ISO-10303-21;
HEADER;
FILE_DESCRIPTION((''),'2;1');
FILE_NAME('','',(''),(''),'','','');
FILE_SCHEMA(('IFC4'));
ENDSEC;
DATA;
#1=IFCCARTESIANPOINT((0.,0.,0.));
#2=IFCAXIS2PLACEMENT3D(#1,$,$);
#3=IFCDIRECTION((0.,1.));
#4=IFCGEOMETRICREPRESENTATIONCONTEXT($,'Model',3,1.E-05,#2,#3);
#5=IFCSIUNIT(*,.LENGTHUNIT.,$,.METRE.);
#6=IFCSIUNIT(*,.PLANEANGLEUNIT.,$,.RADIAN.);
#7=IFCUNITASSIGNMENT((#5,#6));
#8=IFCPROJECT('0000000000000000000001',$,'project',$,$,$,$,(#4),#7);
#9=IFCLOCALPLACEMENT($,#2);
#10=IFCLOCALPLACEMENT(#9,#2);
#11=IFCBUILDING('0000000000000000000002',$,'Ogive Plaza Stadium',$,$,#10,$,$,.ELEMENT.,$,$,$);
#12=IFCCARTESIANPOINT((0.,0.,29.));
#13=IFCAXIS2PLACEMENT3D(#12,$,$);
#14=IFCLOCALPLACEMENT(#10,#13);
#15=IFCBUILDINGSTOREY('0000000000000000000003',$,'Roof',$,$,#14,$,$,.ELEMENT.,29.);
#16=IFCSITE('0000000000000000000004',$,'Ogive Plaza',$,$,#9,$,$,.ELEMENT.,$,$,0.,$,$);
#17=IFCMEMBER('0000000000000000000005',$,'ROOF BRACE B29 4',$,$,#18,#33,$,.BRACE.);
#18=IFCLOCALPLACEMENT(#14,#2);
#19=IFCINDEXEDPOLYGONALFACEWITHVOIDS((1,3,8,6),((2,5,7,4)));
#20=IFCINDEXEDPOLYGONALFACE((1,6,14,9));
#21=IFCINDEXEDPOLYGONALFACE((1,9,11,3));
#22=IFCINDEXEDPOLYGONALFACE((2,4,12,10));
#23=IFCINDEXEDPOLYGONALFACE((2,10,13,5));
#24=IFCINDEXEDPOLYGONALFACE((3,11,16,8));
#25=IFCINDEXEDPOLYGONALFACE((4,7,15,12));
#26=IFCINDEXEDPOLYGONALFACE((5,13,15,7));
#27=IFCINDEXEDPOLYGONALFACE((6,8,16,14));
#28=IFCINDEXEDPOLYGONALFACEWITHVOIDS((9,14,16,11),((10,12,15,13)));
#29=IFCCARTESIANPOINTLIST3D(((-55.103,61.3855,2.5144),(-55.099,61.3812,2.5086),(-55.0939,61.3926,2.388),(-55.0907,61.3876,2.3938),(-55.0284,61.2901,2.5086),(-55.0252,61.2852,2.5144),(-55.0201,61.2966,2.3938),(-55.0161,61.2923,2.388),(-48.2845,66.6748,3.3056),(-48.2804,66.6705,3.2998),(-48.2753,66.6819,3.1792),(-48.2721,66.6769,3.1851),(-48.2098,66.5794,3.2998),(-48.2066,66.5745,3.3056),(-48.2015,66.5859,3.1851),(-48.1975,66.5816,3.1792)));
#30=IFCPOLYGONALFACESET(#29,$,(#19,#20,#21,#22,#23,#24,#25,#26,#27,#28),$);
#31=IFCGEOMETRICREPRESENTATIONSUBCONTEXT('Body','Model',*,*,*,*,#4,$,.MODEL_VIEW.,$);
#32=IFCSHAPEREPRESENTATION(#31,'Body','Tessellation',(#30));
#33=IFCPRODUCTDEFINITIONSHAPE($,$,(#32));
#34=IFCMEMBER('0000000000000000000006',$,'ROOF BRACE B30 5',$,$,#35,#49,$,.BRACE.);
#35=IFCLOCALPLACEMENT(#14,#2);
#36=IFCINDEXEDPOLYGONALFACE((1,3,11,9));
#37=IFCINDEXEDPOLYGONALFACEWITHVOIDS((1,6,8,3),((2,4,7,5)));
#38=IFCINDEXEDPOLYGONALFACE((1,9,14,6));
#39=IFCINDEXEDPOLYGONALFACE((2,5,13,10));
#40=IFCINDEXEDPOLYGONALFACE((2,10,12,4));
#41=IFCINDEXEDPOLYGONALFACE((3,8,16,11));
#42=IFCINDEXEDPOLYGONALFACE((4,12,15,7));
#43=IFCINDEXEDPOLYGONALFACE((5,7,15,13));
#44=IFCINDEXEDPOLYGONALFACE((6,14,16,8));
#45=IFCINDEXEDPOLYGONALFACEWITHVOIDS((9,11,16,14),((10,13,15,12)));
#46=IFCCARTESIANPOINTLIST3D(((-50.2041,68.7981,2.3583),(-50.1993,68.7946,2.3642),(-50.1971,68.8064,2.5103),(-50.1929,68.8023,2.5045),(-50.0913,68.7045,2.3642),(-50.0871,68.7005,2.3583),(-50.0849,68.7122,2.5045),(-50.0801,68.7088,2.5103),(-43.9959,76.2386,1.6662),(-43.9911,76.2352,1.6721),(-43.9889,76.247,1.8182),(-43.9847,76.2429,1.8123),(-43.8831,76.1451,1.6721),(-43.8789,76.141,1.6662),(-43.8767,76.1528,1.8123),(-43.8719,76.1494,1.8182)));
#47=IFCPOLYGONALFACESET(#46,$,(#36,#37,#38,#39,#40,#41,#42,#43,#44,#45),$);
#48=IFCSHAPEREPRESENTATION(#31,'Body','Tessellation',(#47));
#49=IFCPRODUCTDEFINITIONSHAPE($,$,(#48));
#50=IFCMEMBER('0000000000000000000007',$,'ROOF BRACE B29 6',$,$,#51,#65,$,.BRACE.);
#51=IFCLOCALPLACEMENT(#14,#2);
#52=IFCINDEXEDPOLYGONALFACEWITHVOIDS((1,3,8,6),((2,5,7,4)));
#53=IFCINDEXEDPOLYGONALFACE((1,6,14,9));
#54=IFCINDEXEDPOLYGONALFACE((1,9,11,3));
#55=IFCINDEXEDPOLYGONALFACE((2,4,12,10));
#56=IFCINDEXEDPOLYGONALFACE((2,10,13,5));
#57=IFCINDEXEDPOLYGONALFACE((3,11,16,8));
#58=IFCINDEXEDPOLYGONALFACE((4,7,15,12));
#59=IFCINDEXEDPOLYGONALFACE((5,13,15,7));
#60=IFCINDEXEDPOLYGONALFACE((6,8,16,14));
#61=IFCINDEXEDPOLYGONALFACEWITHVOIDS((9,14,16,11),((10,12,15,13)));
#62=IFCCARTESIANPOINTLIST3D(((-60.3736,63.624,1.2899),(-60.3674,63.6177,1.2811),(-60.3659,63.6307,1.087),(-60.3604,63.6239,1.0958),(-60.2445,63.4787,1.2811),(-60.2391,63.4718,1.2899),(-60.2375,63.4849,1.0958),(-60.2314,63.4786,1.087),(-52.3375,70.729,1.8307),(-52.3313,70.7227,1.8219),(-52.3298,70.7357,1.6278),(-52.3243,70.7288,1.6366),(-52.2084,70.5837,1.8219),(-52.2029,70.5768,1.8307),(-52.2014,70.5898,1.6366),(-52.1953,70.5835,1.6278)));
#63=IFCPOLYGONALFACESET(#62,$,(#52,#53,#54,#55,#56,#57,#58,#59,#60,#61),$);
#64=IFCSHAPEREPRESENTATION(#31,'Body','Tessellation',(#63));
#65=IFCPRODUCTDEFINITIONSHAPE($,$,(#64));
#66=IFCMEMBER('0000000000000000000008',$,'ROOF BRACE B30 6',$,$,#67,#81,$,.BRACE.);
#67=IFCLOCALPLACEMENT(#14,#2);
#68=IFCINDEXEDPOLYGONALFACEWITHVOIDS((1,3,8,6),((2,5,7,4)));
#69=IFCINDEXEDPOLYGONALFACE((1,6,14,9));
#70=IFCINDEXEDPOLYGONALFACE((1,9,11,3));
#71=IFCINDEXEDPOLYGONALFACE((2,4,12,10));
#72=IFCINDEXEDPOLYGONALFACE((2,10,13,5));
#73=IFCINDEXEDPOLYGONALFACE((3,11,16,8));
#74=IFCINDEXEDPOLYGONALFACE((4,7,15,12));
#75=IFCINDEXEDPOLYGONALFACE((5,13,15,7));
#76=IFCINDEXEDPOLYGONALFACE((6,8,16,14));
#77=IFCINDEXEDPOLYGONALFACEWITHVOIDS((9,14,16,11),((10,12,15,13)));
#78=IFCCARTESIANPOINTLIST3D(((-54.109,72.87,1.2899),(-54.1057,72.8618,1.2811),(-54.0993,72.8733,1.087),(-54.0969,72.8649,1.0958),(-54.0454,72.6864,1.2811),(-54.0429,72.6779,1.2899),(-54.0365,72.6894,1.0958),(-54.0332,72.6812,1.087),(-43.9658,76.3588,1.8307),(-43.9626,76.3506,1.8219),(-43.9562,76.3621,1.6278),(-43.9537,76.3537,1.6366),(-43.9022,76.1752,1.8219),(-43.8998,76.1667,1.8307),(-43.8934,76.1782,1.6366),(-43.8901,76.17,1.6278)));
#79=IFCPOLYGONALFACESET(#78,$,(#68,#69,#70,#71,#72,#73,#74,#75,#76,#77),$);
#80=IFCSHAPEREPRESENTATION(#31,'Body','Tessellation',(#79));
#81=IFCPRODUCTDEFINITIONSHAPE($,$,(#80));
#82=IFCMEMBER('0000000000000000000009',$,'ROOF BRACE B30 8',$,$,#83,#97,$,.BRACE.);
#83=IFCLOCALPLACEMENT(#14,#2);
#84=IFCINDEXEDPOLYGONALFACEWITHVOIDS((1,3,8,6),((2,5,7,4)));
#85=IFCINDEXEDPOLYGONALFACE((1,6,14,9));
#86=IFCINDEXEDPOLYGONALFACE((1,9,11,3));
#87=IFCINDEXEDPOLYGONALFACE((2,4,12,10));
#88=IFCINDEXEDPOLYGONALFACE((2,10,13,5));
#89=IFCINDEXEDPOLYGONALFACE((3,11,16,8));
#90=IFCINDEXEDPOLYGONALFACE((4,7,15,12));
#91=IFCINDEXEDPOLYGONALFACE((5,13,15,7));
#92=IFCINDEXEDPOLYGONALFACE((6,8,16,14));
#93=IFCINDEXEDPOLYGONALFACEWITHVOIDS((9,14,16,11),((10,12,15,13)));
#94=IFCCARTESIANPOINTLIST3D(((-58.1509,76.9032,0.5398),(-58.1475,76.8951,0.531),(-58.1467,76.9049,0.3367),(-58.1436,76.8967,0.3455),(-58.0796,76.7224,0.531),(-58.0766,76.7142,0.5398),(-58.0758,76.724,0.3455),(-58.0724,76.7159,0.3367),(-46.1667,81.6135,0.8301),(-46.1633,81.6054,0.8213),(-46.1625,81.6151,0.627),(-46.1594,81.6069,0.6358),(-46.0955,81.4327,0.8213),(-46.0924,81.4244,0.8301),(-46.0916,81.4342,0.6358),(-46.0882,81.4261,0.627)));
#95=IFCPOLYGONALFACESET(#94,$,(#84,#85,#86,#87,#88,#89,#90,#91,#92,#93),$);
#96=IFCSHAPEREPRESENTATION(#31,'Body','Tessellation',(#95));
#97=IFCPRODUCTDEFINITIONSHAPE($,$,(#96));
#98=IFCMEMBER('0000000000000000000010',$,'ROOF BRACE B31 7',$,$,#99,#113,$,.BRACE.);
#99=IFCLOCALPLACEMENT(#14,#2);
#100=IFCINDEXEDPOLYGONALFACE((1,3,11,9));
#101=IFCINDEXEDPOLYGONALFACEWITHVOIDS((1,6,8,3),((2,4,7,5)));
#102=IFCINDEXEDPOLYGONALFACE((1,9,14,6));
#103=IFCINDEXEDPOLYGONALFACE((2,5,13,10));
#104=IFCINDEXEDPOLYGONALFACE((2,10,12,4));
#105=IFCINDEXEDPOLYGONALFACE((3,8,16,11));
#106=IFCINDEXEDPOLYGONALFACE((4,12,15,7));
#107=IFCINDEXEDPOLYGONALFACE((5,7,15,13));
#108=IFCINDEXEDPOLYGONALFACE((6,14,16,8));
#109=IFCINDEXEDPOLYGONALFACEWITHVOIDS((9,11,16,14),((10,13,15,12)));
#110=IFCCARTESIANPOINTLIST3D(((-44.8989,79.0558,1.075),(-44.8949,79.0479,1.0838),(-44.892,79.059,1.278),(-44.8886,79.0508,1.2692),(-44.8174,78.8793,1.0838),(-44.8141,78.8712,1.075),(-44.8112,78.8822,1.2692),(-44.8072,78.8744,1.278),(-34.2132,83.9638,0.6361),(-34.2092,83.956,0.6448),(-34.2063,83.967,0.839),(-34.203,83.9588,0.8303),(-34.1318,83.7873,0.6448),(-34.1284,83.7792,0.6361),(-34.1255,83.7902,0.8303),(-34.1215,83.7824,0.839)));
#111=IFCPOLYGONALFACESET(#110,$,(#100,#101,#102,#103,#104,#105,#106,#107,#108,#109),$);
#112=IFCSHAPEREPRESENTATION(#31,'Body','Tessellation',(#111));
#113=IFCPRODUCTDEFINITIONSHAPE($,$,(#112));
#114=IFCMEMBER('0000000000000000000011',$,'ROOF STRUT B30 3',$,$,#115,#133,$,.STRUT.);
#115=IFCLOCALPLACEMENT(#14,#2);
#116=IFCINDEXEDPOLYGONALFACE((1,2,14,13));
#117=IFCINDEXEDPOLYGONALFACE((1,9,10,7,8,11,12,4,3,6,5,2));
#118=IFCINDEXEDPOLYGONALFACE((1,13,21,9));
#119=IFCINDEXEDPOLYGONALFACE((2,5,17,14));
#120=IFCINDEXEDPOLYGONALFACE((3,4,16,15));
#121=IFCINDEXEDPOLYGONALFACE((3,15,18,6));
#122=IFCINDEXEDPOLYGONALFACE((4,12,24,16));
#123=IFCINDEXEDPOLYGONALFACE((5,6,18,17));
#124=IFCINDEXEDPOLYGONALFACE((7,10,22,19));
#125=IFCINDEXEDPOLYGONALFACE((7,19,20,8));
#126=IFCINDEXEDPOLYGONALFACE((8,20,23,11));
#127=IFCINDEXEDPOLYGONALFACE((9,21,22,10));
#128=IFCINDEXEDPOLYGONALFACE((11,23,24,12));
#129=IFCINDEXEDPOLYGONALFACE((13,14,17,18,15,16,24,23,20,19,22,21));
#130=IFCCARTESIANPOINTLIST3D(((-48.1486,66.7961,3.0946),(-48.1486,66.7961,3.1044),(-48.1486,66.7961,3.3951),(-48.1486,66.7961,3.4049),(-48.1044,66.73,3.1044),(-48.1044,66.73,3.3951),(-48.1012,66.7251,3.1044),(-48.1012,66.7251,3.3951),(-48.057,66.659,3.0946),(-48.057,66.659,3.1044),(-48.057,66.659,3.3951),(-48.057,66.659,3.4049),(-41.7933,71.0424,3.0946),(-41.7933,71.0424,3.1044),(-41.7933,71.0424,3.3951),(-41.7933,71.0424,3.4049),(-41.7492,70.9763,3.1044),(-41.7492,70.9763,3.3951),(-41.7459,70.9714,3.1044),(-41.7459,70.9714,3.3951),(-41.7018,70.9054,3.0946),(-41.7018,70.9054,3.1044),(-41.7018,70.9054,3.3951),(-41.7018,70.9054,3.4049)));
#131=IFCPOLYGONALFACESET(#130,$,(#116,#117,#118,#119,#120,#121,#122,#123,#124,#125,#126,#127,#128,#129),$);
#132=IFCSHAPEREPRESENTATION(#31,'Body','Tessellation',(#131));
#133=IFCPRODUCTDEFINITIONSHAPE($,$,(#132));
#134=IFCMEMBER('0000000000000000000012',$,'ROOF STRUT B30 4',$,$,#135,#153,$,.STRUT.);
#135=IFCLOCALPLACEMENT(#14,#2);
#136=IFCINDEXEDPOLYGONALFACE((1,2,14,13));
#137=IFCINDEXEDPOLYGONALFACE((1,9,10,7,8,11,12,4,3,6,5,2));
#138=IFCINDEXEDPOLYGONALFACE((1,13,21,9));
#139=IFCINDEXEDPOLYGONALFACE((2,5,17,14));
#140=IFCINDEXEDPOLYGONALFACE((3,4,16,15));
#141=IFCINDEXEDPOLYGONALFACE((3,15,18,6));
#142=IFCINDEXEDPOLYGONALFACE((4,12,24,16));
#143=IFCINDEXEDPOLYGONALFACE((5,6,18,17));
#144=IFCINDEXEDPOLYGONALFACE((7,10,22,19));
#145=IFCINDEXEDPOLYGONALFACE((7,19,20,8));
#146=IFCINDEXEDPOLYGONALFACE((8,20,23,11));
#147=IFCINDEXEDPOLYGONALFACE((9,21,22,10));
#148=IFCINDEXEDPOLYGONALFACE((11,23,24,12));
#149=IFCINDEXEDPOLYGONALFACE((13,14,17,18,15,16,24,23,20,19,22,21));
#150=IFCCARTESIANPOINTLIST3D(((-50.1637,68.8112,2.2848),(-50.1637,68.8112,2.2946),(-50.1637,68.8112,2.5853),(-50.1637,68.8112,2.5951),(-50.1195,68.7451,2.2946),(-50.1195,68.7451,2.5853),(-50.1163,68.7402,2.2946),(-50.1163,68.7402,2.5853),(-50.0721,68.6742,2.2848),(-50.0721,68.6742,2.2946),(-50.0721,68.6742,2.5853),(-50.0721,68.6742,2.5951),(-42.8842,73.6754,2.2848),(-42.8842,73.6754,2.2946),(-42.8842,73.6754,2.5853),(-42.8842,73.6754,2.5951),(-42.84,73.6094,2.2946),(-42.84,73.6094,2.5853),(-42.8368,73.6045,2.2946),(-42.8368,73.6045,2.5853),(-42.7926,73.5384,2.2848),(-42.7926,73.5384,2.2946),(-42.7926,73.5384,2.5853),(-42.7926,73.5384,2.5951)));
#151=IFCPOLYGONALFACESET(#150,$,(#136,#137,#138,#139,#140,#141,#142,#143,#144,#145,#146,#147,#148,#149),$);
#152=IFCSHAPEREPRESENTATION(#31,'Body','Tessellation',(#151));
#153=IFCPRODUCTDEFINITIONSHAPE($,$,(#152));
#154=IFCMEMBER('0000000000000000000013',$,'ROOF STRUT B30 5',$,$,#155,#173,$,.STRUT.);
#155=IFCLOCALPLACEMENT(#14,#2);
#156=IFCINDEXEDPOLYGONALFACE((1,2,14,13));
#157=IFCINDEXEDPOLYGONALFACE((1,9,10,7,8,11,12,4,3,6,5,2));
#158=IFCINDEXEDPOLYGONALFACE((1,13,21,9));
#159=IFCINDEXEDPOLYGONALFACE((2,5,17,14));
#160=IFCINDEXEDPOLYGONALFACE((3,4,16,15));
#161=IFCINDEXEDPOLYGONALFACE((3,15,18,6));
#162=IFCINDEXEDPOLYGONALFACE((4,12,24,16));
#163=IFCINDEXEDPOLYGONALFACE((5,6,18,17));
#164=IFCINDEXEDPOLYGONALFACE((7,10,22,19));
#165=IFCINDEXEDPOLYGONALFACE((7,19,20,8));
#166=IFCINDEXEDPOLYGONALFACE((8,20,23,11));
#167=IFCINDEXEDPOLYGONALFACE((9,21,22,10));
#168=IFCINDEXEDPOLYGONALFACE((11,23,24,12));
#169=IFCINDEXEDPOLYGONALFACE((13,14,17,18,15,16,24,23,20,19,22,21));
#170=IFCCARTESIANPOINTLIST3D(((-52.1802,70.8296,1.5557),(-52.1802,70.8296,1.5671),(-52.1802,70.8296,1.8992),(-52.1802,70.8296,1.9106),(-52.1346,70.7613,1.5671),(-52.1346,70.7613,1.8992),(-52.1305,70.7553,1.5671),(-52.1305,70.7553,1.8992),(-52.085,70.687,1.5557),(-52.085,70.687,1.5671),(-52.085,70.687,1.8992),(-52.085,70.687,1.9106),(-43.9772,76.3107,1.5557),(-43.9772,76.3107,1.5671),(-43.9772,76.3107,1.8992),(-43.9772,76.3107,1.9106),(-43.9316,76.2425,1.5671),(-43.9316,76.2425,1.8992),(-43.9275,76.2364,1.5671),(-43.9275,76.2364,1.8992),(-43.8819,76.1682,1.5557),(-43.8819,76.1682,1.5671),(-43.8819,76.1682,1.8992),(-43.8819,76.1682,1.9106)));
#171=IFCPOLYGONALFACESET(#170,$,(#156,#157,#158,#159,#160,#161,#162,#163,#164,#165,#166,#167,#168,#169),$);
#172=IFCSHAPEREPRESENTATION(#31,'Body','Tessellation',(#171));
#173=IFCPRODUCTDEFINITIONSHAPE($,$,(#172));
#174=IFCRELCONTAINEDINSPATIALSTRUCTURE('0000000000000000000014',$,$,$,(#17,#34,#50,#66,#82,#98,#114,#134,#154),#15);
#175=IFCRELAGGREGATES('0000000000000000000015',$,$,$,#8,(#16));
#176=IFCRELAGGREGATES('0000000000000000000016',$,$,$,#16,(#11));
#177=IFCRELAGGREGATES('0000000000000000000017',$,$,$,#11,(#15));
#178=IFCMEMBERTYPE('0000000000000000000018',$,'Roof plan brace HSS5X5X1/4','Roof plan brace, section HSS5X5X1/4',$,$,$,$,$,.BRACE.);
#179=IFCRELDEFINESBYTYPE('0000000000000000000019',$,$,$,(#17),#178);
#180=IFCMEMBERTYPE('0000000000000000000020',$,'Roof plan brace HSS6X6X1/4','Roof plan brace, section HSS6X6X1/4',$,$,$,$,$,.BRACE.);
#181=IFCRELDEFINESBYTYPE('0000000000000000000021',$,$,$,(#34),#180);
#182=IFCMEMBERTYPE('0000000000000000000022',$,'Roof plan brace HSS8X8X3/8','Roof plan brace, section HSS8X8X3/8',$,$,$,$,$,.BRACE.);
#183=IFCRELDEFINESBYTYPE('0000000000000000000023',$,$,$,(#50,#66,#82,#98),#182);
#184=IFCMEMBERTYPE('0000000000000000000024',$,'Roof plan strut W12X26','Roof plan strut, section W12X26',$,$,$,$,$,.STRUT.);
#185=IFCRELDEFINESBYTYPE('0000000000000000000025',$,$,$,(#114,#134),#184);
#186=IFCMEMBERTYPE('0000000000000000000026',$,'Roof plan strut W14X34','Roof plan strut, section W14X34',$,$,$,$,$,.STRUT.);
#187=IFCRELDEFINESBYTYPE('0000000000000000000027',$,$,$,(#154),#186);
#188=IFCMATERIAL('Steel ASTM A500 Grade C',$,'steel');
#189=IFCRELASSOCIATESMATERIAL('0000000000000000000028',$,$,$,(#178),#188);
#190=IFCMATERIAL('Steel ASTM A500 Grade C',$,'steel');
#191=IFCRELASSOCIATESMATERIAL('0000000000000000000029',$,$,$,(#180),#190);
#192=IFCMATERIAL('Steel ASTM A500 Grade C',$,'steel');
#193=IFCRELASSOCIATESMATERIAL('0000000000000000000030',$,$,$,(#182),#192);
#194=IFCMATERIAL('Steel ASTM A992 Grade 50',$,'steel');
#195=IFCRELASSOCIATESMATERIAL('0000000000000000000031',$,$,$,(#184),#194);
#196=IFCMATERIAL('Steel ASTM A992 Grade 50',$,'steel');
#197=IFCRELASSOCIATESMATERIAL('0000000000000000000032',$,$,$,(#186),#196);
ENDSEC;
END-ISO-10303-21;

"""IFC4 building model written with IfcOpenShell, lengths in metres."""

from ifc_helpers import new_model, si_unit, direction, frame, origin, origin_2d, place, context, subcontext, project, spatial, hollow_rectangle, i_section, extrude, material, material_profile, profile_set, type_object, element, save


model = new_model("IFC4")

# Units and contexts
model_context = context("Model", 3, precision=1e-05, world=origin(), true_north=direction((0.0, 1.0)))
body_context = subcontext(model_context, "Body", "Model", "MODEL_VIEW")
ifc_project = project(units=[si_unit("LENGTHUNIT", "METRE"), si_unit("PLANEANGLEUNIT", "RADIAN")], contexts=[model_context])

# Site, building, storey
site_placement = place(None, origin())
site = spatial("IfcSite", under=ifc_project, at=site_placement, Name="Ogive Plaza", CompositionType="ELEMENT", RefElevation=0.0)
building_placement = place(site_placement, origin())
building = spatial("IfcBuilding", under=site, at=building_placement, Name="Ogive Plaza Stadium", CompositionType="ELEMENT")
storey_placement = place(building_placement, frame((0.0, 0.0, 29.0)))
storey = spatial("IfcBuildingStorey", under=building, at=storey_placement, Name="Roof", CompositionType="ELEMENT", Elevation=29.0)

# Members
ifc_material_1 = material(Name="Steel ASTM A500 Grade C", Category="steel")
ifc_material_profile_1 = material_profile(ifc_material_1, hollow_rectangle(XDim=0.127, YDim=0.127, WallThickness=0.0059, at=origin_2d()), Name="HSS5X5X1/4")
ifc_profile_set_1 = profile_set([ifc_material_profile_1], Name="Steel ASTM A500 Grade C")
member_type_1 = type_object("IfcMemberType", Name="Roof plan brace HSS5X5X1/4", Description="Roof plan brace, section HSS5X5X1/4", PredefinedType="BRACE", material=ifc_profile_set_1)
member_1_placement = place(storey_placement, frame((-48.241, 66.6282, 3.2424), z_axis=(-0.78684, -0.610365, -0.091308), x_axis=(0.612926, -0.790141, 0.0)))
element("IfcMember", 1, at=member_1_placement, inside=storey, type_object=member_type_1, Name="ROOF BRACE B29 4", PredefinedType="BRACE", context=body_context, shape_type="SweptSolid", body=[
    extrude(hollow_rectangle(XDim=0.127, YDim=0.127, WallThickness=0.0059, at=origin_2d()), origin(), (0.0, 0.0, 1.0), 8.6658),
])
ifc_material_2 = material(Name="Steel ASTM A500 Grade C", Category="steel")
ifc_material_profile_2 = material_profile(ifc_material_2, hollow_rectangle(XDim=0.1523, YDim=0.1523, WallThickness=0.0059, at=origin_2d()), Name="HSS6X6X1/4")
ifc_profile_set_2 = profile_set([ifc_material_profile_2], Name="Steel ASTM A500 Grade C")
member_type_2 = type_object("IfcMemberType", Name="Roof plan brace HSS6X6X1/4", Description="Roof plan brace, section HSS6X6X1/4", PredefinedType="BRACE", material=ifc_profile_set_2)
member_2_placement = place(storey_placement, frame((-50.1421, 68.7534, 2.4343), z_axis=(0.639025, 0.76588, -0.071243), x_axis=(-0.767831, 0.640653, 0.0)))
element("IfcMember", 2, at=member_2_placement, inside=storey, type_object=member_type_2, Name="ROOF BRACE B30 5", PredefinedType="BRACE", context=body_context, shape_type="SweptSolid", body=[
    extrude(hollow_rectangle(XDim=0.1523, YDim=0.1523, WallThickness=0.0059, at=origin_2d()), origin(), (0.0, 0.0, 1.0), 9.7151),
])
ifc_material_3 = material(Name="Steel ASTM A500 Grade C", Category="steel")
ifc_material_profile_3 = material_profile(ifc_material_3, hollow_rectangle(XDim=0.2031, YDim=0.2031, WallThickness=0.0088, at=origin_2d()), Name="HSS8X8X3/8")
ifc_profile_set_3 = profile_set([ifc_material_profile_3], Name="Steel ASTM A500 Grade C")
member_type_3 = type_object("IfcMemberType", Name="Roof plan brace HSS8X8X3/8", Description="Roof plan brace, section HSS8X8X3/8", PredefinedType="BRACE", material=ifc_profile_set_3)
member_3_placement = place(storey_placement, frame((-52.2664, 70.6562, 1.7292), z_axis=(-0.748227, -0.661529, -0.05035), x_axis=(0.66237, -0.749177, 0.0)))
element("IfcMember", 3, at=member_3_placement, inside=storey, type_object=member_type_3, Name="ROOF BRACE B29 6", PredefinedType="BRACE", context=body_context, shape_type="SweptSolid", body=[
    extrude(hollow_rectangle(XDim=0.2031, YDim=0.2031, WallThickness=0.0088, at=origin_2d()), origin(), (0.0, 0.0, 1.0), 10.7402),
])
member_4_placement = place(storey_placement, frame((-43.928, 76.2644, 1.7292), z_axis=(-0.944427, -0.324841, -0.050352), x_axis=(0.325254, -0.945627, 0.0)))
element("IfcMember", 4, at=member_4_placement, inside=storey, type_object=member_type_3, Name="ROOF BRACE B30 6", PredefinedType="BRACE", context=body_context, shape_type="SweptSolid", body=[
    extrude(hollow_rectangle(XDim=0.2031, YDim=0.2031, WallThickness=0.0088, at=origin_2d()), origin(), (0.0, 0.0, 1.0), 10.74),
])
member_5_placement = place(storey_placement, frame((-46.1274, 81.5198, 0.7285), z_axis=(-0.930458, -0.365704, -0.022538), x_axis=(0.365797, -0.930695, 0.0)))
element("IfcMember", 5, at=member_5_placement, inside=storey, type_object=member_type_3, Name="ROOF BRACE B30 8", PredefinedType="BRACE", context=body_context, shape_type="SweptSolid", body=[
    extrude(hollow_rectangle(XDim=0.2031, YDim=0.2031, WallThickness=0.0088, at=origin_2d()), origin(), (0.0, 0.0, 1.0), 12.8799),
])
member_6_placement = place(storey_placement, frame((-44.853, 78.9651, 1.1765), z_axis=(0.908096, 0.417096, -0.037305), x_axis=(-0.417387, 0.908729, 0.0)))
element("IfcMember", 6, at=member_6_placement, inside=storey, type_object=member_type_3, Name="ROOF BRACE B31 7", PredefinedType="BRACE", context=body_context, shape_type="SweptSolid", body=[
    extrude(hollow_rectangle(XDim=0.2031, YDim=0.2031, WallThickness=0.0088, at=origin_2d()), origin(), (0.0, 0.0, 1.0), 11.7671),
])
ifc_material_4 = material(Name="Steel ASTM A992 Grade 50", Category="steel")
ifc_material_profile_4 = material_profile(ifc_material_4, i_section(OverallWidth=0.1648, OverallDepth=0.3103, WebThickness=0.0059, FlangeThickness=0.0098, at=origin_2d()), Name="W12X26")
ifc_profile_set_4 = profile_set([ifc_material_profile_4], Name="Steel ASTM A992 Grade 50")
member_type_4 = type_object("IfcMemberType", Name="Roof plan strut W12X26", Description="Roof plan strut, section W12X26", PredefinedType="STRUT", material=ifc_profile_set_4)
member_7_placement = place(storey_placement, frame((-48.1028, 66.7275, 3.2498), z_axis=(0.831475, 0.555562, 0.0), x_axis=(-0.555562, 0.831475, 0.0)))
element("IfcMember", 7, at=member_7_placement, inside=storey, type_object=member_type_4, Name="ROOF STRUT B30 3", PredefinedType="STRUT", context=body_context, shape_type="SweptSolid", body=[
    extrude(i_section(OverallWidth=0.1648, OverallDepth=0.3103, WebThickness=0.0059, FlangeThickness=0.0098, at=origin_2d()), origin(), (0.0, 0.0, 1.0), 7.6433),
])
member_8_placement = place(storey_placement, frame((-50.1179, 68.7427, 2.4399), z_axis=(0.831458, 0.555588, 0.0), x_axis=(-0.555588, 0.831458, 0.0)))
element("IfcMember", 8, at=member_8_placement, inside=storey, type_object=member_type_4, Name="ROOF STRUT B30 4", PredefinedType="STRUT", context=body_context, shape_type="SweptSolid", body=[
    extrude(i_section(OverallWidth=0.1648, OverallDepth=0.3103, WebThickness=0.0059, FlangeThickness=0.0098, at=origin_2d()), origin(), (0.0, 0.0, 1.0), 8.7551),
])
ifc_material_5 = material(Name="Steel ASTM A992 Grade 50", Category="steel")
ifc_material_profile_5 = material_profile(ifc_material_5, i_section(OverallWidth=0.1714, OverallDepth=0.355, WebThickness=0.0073, FlangeThickness=0.0115, at=origin_2d()), Name="W14X34")
ifc_profile_set_5 = profile_set([ifc_material_profile_5], Name="Steel ASTM A992 Grade 50")
member_type_5 = type_object("IfcMemberType", Name="Roof plan strut W14X34", Description="Roof plan strut, section W14X34", PredefinedType="STRUT", material=ifc_profile_set_5)
member_9_placement = place(storey_placement, frame((-52.1326, 70.7583, 1.7332), z_axis=(0.831467, 0.555574, 0.0), x_axis=(-0.555574, 0.831467, 0.0)))
element("IfcMember", 9, at=member_9_placement, inside=storey, type_object=member_type_5, Name="ROOF STRUT B30 5", PredefinedType="STRUT", context=body_context, shape_type="SweptSolid", body=[
    extrude(i_section(OverallWidth=0.1714, OverallDepth=0.355, WebThickness=0.0073, FlangeThickness=0.0115, at=origin_2d()), origin(), (0.0, 0.0, 1.0), 9.8657),
])

save(model, "model.ifc")
